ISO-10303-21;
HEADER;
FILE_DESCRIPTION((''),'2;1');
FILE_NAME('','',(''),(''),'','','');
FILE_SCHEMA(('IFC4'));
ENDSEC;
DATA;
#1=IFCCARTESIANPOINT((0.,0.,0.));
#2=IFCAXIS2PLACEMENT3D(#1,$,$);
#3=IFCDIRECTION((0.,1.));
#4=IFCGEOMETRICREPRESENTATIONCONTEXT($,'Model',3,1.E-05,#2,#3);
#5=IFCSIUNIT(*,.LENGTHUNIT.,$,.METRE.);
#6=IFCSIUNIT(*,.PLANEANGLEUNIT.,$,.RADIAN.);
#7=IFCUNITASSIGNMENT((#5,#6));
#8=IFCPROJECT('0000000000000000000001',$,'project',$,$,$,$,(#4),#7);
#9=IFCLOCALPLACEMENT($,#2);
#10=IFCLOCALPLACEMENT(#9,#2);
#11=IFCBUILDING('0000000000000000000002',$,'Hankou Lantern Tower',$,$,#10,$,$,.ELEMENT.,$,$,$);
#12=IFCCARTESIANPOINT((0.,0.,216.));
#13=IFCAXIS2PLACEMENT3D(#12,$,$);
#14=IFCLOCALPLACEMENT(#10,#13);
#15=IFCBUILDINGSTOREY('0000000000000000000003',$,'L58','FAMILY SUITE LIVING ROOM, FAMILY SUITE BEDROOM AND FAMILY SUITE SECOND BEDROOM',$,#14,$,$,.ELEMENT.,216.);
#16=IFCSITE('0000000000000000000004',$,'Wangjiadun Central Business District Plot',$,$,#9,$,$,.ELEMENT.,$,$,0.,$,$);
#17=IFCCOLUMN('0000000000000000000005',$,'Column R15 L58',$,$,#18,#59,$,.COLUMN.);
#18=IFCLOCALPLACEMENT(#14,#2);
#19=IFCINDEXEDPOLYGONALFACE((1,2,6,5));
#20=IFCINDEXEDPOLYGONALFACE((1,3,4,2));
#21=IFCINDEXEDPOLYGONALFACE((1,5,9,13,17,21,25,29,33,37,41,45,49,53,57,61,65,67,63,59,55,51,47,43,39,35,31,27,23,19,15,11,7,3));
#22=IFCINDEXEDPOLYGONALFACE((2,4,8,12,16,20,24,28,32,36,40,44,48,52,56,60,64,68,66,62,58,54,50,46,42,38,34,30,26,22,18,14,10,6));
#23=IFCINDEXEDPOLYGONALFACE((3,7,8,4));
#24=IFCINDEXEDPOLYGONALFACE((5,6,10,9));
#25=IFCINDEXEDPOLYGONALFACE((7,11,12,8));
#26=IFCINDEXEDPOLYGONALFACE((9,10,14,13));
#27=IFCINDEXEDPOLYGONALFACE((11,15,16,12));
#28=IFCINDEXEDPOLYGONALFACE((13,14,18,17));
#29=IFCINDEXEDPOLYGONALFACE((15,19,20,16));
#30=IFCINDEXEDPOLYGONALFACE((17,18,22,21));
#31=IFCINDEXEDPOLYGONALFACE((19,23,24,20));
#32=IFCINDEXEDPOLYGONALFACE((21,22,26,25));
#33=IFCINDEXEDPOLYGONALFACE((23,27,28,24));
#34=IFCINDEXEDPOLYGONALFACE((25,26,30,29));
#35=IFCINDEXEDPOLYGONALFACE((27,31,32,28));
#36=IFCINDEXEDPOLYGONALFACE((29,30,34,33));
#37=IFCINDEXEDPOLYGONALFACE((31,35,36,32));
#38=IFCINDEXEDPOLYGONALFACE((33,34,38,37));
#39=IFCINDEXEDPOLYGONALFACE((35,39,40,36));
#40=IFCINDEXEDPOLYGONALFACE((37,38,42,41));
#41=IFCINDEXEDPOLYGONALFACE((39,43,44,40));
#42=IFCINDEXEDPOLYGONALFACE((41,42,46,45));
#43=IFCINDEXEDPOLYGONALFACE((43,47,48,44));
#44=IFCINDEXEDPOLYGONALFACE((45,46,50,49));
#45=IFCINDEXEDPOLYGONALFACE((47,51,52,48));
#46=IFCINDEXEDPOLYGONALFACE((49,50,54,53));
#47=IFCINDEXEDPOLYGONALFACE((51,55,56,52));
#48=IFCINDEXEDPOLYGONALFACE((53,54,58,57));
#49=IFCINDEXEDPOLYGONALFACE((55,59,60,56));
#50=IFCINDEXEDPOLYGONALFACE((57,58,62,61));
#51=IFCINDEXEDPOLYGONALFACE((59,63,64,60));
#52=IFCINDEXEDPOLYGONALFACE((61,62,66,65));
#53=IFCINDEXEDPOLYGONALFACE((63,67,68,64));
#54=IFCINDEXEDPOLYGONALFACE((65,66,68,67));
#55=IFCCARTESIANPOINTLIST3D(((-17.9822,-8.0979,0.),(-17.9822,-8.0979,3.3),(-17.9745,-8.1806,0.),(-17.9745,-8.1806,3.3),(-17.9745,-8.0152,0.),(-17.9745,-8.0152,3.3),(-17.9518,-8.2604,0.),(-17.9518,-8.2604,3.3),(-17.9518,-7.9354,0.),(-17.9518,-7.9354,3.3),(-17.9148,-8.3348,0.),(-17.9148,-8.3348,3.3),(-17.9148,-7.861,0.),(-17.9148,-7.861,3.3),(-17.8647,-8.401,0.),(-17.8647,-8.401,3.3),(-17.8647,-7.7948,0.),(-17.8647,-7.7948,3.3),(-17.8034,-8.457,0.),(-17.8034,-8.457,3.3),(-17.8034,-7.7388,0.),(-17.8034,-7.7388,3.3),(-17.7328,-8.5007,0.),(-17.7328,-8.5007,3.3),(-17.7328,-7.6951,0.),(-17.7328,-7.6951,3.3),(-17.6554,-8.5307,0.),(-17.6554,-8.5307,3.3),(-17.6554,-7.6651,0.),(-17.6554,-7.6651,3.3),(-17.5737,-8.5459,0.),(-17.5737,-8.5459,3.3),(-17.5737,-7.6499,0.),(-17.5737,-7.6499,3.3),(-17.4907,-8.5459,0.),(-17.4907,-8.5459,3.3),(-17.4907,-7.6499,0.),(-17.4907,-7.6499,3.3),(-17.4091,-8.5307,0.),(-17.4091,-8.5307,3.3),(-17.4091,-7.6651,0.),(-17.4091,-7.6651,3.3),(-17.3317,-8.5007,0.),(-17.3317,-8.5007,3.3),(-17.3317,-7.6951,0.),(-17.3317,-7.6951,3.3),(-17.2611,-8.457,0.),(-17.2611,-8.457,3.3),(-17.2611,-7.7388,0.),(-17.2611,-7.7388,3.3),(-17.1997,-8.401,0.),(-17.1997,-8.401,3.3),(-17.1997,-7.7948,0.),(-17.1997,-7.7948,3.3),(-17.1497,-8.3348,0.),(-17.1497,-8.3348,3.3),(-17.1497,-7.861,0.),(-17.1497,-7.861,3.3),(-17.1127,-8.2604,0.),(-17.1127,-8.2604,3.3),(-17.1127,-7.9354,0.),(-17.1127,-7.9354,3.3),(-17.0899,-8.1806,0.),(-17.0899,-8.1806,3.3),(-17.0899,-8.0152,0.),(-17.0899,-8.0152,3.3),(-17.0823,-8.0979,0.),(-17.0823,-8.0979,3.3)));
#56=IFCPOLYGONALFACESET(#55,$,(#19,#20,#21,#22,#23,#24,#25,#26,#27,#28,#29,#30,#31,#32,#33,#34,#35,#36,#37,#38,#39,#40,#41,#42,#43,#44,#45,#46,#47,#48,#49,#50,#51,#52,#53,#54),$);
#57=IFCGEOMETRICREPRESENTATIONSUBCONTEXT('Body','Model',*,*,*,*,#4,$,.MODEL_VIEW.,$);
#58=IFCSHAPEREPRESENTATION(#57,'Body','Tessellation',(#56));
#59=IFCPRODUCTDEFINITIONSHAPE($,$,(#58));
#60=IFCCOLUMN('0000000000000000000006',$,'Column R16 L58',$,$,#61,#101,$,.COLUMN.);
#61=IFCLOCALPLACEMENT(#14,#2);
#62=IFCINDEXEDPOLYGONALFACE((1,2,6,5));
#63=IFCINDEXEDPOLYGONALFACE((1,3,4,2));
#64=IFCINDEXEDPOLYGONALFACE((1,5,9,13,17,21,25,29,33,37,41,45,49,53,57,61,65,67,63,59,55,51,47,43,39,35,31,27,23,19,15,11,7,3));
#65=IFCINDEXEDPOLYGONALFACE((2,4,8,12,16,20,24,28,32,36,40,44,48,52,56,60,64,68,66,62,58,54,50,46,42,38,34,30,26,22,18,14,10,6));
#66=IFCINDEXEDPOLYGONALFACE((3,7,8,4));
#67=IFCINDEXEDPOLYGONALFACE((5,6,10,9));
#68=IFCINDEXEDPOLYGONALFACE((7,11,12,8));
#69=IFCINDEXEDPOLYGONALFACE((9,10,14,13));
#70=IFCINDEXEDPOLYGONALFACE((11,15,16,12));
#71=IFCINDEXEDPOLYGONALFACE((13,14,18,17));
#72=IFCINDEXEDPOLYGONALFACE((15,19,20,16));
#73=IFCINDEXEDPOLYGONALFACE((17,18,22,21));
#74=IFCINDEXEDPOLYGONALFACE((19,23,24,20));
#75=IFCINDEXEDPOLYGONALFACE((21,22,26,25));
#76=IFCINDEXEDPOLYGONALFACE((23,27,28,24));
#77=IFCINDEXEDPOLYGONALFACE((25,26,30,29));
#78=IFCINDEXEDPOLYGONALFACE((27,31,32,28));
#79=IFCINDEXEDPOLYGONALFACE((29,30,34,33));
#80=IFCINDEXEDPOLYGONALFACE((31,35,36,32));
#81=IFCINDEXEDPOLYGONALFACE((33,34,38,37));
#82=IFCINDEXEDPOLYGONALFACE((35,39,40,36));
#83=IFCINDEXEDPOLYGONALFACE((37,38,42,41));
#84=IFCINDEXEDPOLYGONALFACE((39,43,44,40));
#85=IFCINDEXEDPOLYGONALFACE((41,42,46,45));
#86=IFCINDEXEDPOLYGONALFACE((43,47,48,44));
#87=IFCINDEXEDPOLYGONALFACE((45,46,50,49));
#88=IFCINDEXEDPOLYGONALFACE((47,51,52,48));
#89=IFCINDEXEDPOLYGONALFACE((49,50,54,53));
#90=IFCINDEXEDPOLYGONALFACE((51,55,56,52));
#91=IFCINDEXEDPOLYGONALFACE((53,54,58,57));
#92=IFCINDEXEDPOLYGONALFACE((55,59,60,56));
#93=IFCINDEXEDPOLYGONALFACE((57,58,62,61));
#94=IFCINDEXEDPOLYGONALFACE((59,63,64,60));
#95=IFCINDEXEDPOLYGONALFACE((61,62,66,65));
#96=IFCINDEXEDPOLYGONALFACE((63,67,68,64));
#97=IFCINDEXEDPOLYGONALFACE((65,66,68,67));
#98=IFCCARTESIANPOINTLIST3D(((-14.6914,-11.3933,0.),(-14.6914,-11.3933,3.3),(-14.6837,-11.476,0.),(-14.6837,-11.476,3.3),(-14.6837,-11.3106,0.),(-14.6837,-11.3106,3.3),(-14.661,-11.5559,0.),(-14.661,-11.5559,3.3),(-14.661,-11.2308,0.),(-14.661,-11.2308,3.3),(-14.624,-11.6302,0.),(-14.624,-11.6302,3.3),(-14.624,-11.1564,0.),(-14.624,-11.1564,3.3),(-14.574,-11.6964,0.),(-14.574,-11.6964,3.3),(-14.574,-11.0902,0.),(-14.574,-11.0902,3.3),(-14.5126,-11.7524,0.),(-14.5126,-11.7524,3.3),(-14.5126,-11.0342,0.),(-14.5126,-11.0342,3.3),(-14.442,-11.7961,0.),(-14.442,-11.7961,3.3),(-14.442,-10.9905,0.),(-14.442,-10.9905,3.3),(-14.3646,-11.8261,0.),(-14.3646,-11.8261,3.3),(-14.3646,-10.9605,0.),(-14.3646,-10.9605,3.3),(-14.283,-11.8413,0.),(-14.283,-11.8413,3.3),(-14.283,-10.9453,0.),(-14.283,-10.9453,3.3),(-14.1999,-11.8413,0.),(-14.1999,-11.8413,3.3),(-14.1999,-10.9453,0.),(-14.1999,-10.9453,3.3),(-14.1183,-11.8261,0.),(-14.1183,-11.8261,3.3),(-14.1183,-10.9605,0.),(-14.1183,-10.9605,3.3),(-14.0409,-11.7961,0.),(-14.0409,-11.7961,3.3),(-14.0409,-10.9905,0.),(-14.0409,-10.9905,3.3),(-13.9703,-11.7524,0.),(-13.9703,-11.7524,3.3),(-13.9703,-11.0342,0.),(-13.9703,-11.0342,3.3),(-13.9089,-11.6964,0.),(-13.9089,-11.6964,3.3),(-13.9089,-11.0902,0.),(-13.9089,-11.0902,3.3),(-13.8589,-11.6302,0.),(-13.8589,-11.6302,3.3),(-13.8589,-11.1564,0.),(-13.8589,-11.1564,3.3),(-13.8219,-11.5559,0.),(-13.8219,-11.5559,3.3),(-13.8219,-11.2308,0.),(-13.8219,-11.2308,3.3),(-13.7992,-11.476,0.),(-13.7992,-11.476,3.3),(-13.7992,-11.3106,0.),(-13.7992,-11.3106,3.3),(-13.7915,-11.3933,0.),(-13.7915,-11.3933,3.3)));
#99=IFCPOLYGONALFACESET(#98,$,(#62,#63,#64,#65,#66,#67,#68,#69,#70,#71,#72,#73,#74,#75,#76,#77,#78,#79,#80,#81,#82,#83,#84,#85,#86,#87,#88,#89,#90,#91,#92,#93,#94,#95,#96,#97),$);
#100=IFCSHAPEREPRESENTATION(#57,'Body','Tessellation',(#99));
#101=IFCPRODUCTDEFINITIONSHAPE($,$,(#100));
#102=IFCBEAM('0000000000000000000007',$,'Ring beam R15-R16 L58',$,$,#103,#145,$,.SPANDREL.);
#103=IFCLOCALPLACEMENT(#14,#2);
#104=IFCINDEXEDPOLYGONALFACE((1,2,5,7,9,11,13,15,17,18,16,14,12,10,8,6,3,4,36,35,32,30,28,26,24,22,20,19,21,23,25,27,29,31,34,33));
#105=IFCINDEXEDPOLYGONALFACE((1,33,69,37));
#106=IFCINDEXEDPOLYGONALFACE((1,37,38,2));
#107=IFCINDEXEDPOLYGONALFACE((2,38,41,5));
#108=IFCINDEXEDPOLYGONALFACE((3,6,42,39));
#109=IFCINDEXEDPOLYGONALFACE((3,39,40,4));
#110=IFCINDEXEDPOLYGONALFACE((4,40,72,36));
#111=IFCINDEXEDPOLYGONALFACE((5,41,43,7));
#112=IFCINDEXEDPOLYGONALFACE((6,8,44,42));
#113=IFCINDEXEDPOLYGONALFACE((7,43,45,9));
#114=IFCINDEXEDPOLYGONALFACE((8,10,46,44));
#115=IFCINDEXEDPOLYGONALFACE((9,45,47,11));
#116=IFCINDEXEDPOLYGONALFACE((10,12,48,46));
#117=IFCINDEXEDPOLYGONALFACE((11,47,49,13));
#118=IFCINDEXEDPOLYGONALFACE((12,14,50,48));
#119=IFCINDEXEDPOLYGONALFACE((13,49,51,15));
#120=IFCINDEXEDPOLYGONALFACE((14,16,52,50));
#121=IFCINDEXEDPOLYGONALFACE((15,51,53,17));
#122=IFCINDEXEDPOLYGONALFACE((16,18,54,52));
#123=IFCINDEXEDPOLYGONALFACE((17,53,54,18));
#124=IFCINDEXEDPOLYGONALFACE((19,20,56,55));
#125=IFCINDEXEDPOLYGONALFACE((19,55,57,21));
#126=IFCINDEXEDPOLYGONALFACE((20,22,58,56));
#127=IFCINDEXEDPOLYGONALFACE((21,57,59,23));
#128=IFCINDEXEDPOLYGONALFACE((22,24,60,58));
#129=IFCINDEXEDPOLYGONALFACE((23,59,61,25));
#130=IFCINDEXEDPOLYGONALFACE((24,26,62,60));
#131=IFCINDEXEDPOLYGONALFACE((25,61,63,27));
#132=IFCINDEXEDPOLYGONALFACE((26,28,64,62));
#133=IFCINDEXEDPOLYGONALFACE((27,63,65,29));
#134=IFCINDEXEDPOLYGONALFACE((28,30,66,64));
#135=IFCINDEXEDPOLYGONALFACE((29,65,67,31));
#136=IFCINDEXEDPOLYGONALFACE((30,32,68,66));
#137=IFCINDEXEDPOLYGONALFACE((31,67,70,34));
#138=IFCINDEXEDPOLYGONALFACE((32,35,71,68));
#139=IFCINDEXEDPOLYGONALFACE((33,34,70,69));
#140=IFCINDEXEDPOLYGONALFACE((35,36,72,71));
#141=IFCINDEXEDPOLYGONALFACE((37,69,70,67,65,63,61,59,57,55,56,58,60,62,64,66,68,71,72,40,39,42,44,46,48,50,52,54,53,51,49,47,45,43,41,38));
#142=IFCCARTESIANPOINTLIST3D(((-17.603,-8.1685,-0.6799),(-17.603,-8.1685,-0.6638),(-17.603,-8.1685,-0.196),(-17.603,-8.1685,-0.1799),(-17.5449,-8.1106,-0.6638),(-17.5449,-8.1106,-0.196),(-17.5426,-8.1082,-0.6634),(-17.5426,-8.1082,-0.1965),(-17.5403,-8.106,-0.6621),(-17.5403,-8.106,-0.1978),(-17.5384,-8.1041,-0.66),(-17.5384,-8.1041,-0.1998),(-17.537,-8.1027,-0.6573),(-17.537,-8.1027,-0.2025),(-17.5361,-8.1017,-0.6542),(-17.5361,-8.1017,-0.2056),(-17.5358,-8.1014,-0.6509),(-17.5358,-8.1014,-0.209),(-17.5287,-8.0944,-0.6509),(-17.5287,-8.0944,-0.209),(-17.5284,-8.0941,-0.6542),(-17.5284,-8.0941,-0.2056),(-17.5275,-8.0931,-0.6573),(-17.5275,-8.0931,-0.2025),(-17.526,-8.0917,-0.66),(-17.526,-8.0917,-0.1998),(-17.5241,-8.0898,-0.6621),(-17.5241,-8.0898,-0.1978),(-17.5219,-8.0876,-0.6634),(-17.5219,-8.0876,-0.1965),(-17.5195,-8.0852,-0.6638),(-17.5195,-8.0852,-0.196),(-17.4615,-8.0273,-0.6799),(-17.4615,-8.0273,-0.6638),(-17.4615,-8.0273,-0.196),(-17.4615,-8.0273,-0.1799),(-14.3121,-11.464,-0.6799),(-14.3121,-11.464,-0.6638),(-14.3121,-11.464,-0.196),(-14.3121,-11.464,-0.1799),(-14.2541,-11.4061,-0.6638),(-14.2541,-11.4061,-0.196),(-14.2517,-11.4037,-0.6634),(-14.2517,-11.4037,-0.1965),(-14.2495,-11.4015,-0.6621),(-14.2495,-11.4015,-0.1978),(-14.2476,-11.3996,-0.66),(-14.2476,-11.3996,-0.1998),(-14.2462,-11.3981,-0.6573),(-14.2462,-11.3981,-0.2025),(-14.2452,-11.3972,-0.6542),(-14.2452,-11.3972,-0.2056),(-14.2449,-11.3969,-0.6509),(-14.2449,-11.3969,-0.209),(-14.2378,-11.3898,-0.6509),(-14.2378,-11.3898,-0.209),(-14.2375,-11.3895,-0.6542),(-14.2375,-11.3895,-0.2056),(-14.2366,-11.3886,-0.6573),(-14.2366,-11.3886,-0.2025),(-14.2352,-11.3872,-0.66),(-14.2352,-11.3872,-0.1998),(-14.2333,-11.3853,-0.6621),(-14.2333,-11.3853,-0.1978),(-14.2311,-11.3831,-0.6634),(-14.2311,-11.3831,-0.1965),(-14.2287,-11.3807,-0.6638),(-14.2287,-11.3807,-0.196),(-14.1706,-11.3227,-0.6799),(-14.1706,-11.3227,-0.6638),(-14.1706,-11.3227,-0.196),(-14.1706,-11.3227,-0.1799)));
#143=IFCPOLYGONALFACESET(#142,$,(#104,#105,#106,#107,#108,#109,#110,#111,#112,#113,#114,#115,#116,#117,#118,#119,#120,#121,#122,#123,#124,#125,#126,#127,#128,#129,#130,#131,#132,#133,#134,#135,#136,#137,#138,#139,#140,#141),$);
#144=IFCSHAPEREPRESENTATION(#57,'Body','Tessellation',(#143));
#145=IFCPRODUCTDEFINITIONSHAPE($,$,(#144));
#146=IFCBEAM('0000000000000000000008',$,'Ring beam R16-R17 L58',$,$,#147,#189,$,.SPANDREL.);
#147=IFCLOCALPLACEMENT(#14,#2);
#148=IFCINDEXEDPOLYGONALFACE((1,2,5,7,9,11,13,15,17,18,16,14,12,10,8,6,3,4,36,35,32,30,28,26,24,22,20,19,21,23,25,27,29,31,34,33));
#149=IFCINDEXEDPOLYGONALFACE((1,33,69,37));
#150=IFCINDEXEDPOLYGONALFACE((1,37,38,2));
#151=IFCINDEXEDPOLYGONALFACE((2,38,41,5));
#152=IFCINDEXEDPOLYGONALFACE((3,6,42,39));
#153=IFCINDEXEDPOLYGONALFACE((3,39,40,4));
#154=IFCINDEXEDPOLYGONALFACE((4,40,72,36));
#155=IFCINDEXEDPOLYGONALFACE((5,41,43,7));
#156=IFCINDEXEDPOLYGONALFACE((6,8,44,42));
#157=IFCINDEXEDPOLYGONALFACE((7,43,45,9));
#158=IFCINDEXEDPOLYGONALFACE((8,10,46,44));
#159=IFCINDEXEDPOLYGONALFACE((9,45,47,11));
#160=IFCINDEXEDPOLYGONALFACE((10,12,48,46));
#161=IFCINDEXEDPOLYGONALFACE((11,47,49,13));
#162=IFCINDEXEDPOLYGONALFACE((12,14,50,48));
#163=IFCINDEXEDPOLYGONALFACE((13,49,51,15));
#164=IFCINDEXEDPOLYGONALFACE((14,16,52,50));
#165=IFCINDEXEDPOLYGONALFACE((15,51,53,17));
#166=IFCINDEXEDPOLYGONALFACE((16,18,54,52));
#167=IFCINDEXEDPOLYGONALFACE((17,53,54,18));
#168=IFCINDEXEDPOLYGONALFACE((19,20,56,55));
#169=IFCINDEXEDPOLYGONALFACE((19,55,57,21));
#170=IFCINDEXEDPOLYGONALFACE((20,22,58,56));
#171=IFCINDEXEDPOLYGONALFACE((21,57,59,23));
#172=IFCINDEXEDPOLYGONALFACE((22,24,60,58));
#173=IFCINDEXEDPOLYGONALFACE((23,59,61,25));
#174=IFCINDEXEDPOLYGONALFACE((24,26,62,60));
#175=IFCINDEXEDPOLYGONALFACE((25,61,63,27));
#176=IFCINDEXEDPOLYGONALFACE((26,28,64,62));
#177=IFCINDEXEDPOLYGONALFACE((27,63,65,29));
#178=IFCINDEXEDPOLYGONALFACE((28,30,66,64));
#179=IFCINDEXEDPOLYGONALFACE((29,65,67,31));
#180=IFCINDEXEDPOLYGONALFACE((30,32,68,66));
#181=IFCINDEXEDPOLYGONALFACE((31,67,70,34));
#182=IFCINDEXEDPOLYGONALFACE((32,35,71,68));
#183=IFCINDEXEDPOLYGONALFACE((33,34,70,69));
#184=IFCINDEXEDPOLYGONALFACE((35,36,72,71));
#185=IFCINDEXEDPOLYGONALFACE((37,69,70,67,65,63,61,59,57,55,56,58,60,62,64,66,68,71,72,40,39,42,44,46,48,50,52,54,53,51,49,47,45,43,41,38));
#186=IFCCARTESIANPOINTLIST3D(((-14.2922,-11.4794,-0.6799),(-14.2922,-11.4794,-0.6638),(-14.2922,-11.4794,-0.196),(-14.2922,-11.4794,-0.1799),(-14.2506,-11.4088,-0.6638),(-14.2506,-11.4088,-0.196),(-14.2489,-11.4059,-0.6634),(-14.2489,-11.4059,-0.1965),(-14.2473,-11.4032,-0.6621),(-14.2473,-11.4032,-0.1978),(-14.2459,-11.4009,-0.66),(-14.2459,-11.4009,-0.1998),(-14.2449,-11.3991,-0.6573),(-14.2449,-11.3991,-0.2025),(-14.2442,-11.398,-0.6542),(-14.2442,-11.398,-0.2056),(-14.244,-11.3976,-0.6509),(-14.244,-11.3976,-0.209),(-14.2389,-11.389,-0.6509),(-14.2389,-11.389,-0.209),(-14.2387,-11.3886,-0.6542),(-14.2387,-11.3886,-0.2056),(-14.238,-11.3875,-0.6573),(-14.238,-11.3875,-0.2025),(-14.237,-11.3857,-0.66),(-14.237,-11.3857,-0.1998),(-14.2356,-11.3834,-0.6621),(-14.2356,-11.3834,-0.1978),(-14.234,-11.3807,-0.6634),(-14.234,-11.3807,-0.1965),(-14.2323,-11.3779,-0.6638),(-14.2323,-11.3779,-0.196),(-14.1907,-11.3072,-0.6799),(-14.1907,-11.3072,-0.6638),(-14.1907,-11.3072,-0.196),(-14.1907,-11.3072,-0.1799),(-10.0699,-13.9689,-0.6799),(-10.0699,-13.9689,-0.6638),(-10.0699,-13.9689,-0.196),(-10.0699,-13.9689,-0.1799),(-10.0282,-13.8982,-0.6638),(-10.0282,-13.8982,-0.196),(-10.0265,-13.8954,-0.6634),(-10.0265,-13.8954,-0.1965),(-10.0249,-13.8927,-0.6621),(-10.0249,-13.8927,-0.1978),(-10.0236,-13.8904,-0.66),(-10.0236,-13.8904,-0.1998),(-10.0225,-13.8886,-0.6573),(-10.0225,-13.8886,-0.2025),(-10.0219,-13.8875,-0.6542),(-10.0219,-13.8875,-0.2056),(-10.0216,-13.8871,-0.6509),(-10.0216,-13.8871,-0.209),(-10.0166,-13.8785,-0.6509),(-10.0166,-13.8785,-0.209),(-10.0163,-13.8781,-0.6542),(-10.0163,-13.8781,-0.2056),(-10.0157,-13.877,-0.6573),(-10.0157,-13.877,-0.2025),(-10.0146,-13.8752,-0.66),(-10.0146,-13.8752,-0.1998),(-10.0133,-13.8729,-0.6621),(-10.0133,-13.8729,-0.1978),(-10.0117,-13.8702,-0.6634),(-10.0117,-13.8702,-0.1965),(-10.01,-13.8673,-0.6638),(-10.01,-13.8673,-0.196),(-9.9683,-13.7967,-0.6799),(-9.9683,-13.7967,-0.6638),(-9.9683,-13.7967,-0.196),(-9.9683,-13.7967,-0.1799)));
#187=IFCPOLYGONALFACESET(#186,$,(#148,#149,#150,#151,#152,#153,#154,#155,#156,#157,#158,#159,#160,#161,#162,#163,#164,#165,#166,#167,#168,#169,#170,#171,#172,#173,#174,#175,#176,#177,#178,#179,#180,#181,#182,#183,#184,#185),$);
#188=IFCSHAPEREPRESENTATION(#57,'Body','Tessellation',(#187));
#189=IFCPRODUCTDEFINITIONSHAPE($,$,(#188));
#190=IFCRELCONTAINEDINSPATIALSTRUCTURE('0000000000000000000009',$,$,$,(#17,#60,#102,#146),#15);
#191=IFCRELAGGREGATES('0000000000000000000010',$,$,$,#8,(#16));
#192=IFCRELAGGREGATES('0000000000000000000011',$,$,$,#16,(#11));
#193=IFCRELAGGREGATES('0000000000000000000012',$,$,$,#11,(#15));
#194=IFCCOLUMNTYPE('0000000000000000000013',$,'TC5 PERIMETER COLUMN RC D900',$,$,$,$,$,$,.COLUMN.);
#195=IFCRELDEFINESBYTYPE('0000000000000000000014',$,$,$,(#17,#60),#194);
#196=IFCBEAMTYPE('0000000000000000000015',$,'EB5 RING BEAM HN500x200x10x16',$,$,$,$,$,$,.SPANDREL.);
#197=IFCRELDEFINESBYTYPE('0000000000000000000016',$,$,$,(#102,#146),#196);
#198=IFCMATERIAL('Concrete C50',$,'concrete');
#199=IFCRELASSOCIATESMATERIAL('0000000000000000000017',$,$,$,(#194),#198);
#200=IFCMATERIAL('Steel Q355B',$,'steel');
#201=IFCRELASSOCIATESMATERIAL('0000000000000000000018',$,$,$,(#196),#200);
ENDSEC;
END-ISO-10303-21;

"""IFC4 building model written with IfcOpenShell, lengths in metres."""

from ifc_helpers import new_model, si_unit, direction, frame, origin, origin_2d, place, context, subcontext, project, spatial, circle, i_section, extrude, material, material_profile, profile_set, type_object, element, save


model = new_model("IFC4")

# Units and contexts
model_context = context("Model", 3, precision=1e-05, world=origin(), true_north=direction((0.0, 1.0)))
body_context = subcontext(model_context, "Body", "Model", "MODEL_VIEW")
ifc_project = project(units=[si_unit("LENGTHUNIT", "METRE"), si_unit("PLANEANGLEUNIT", "RADIAN")], contexts=[model_context])

# Site, building, storey
site_placement = place(None, origin())
site = spatial("IfcSite", under=ifc_project, at=site_placement, Name="Wangjiadun Central Business District Plot", CompositionType="ELEMENT", RefElevation=0.0)
building_placement = place(site_placement, origin())
building = spatial("IfcBuilding", under=site, at=building_placement, Name="Hankou Lantern Tower", CompositionType="ELEMENT")
storey_placement = place(building_placement, frame((0.0, 0.0, 216.0)))
storey = spatial("IfcBuildingStorey", under=building, at=storey_placement, Name="L58", Description="FAMILY SUITE LIVING ROOM, FAMILY SUITE BEDROOM AND FAMILY SUITE SECOND BEDROOM", CompositionType="ELEMENT", Elevation=216.0)

# Columns
ifc_material_1 = material(Name="Concrete C50", Category="concrete")
ifc_material_profile_1 = material_profile(ifc_material_1, circle(Radius=0.45, at=origin_2d()), Name="RC D900")
ifc_profile_set_1 = profile_set([ifc_material_profile_1], Name="Concrete C50")
column_type = type_object("IfcColumnType", Name="TC5 PERIMETER COLUMN RC D900", PredefinedType="COLUMN", material=ifc_profile_set_1)
for number, where, z_axis, x_axis, name in (
    (1, (-17.5322, -8.0979, 0.0), (0.0, 0.0, 1.0), (1.0, 0.0, 0.0), "Column R15 L58"),
    (2, (-14.2415, -11.3933, 0.0), (0.0, 0.0, 1.0), (1.0, 0.0, 0.0), "Column R16 L58"),
):
    element("IfcColumn", number, at=place(storey_placement, frame(where, z_axis=z_axis, x_axis=x_axis)), inside=storey, type_object=column_type, Name=name, PredefinedType="COLUMN", context=body_context, shape_type="SweptSolid", body=[
        extrude(circle(Radius=0.45, at=origin_2d()), origin(), (0.0, 0.0, 1.0), 3.3),
    ])

# Beams
ifc_material_2 = material(Name="Steel Q355B", Category="steel")
ifc_material_profile_2 = material_profile(ifc_material_2, i_section(OverallWidth=0.2, OverallDepth=0.5, WebThickness=0.01, FlangeThickness=0.0161, FilletRadius=0.0129, at=origin_2d()), Name="HN500x200x10x16")
ifc_profile_set_2 = profile_set([ifc_material_profile_2], Name="Steel Q355B")
beam_type_1 = type_object("IfcBeamType", Name="EB5 RING BEAM HN500x200x10x16", PredefinedType="SPANDREL", material=ifc_profile_set_2)
beam_1_placement = place(storey_placement, frame((-17.5322, -8.0979, -0.4299), z_axis=(0.706609, -0.707605, 0.0), x_axis=(0.707605, 0.706609, 0.0)))
element("IfcBeam", 3, at=beam_1_placement, inside=storey, type_object=beam_type_1, Name="Ring beam R15-R16 L58", PredefinedType="SPANDREL", context=body_context, shape_type="SweptSolid", body=[
    extrude(i_section(OverallWidth=0.2, OverallDepth=0.5, WebThickness=0.01, FlangeThickness=0.0161, FilletRadius=0.0129, at=origin_2d()), origin(), (0.0, 0.0, 1.0), 4.6572),
])
beam_2_placement = place(storey_placement, frame((-14.2415, -11.3933, -0.4299), z_axis=(0.861423, -0.507888, 0.0), x_axis=(0.507888, 0.861423, 0.0)))
element("IfcBeam", 4, at=beam_2_placement, inside=storey, type_object=beam_type_1, Name="Ring beam R16-R17 L58", PredefinedType="SPANDREL", context=body_context, shape_type="SweptSolid", body=[
    extrude(i_section(OverallWidth=0.2, OverallDepth=0.5, WebThickness=0.01, FlangeThickness=0.0161, FilletRadius=0.0129, at=origin_2d()), origin(), (0.0, 0.0, 1.0), 4.9016),
])

save(model, "model.ifc")
